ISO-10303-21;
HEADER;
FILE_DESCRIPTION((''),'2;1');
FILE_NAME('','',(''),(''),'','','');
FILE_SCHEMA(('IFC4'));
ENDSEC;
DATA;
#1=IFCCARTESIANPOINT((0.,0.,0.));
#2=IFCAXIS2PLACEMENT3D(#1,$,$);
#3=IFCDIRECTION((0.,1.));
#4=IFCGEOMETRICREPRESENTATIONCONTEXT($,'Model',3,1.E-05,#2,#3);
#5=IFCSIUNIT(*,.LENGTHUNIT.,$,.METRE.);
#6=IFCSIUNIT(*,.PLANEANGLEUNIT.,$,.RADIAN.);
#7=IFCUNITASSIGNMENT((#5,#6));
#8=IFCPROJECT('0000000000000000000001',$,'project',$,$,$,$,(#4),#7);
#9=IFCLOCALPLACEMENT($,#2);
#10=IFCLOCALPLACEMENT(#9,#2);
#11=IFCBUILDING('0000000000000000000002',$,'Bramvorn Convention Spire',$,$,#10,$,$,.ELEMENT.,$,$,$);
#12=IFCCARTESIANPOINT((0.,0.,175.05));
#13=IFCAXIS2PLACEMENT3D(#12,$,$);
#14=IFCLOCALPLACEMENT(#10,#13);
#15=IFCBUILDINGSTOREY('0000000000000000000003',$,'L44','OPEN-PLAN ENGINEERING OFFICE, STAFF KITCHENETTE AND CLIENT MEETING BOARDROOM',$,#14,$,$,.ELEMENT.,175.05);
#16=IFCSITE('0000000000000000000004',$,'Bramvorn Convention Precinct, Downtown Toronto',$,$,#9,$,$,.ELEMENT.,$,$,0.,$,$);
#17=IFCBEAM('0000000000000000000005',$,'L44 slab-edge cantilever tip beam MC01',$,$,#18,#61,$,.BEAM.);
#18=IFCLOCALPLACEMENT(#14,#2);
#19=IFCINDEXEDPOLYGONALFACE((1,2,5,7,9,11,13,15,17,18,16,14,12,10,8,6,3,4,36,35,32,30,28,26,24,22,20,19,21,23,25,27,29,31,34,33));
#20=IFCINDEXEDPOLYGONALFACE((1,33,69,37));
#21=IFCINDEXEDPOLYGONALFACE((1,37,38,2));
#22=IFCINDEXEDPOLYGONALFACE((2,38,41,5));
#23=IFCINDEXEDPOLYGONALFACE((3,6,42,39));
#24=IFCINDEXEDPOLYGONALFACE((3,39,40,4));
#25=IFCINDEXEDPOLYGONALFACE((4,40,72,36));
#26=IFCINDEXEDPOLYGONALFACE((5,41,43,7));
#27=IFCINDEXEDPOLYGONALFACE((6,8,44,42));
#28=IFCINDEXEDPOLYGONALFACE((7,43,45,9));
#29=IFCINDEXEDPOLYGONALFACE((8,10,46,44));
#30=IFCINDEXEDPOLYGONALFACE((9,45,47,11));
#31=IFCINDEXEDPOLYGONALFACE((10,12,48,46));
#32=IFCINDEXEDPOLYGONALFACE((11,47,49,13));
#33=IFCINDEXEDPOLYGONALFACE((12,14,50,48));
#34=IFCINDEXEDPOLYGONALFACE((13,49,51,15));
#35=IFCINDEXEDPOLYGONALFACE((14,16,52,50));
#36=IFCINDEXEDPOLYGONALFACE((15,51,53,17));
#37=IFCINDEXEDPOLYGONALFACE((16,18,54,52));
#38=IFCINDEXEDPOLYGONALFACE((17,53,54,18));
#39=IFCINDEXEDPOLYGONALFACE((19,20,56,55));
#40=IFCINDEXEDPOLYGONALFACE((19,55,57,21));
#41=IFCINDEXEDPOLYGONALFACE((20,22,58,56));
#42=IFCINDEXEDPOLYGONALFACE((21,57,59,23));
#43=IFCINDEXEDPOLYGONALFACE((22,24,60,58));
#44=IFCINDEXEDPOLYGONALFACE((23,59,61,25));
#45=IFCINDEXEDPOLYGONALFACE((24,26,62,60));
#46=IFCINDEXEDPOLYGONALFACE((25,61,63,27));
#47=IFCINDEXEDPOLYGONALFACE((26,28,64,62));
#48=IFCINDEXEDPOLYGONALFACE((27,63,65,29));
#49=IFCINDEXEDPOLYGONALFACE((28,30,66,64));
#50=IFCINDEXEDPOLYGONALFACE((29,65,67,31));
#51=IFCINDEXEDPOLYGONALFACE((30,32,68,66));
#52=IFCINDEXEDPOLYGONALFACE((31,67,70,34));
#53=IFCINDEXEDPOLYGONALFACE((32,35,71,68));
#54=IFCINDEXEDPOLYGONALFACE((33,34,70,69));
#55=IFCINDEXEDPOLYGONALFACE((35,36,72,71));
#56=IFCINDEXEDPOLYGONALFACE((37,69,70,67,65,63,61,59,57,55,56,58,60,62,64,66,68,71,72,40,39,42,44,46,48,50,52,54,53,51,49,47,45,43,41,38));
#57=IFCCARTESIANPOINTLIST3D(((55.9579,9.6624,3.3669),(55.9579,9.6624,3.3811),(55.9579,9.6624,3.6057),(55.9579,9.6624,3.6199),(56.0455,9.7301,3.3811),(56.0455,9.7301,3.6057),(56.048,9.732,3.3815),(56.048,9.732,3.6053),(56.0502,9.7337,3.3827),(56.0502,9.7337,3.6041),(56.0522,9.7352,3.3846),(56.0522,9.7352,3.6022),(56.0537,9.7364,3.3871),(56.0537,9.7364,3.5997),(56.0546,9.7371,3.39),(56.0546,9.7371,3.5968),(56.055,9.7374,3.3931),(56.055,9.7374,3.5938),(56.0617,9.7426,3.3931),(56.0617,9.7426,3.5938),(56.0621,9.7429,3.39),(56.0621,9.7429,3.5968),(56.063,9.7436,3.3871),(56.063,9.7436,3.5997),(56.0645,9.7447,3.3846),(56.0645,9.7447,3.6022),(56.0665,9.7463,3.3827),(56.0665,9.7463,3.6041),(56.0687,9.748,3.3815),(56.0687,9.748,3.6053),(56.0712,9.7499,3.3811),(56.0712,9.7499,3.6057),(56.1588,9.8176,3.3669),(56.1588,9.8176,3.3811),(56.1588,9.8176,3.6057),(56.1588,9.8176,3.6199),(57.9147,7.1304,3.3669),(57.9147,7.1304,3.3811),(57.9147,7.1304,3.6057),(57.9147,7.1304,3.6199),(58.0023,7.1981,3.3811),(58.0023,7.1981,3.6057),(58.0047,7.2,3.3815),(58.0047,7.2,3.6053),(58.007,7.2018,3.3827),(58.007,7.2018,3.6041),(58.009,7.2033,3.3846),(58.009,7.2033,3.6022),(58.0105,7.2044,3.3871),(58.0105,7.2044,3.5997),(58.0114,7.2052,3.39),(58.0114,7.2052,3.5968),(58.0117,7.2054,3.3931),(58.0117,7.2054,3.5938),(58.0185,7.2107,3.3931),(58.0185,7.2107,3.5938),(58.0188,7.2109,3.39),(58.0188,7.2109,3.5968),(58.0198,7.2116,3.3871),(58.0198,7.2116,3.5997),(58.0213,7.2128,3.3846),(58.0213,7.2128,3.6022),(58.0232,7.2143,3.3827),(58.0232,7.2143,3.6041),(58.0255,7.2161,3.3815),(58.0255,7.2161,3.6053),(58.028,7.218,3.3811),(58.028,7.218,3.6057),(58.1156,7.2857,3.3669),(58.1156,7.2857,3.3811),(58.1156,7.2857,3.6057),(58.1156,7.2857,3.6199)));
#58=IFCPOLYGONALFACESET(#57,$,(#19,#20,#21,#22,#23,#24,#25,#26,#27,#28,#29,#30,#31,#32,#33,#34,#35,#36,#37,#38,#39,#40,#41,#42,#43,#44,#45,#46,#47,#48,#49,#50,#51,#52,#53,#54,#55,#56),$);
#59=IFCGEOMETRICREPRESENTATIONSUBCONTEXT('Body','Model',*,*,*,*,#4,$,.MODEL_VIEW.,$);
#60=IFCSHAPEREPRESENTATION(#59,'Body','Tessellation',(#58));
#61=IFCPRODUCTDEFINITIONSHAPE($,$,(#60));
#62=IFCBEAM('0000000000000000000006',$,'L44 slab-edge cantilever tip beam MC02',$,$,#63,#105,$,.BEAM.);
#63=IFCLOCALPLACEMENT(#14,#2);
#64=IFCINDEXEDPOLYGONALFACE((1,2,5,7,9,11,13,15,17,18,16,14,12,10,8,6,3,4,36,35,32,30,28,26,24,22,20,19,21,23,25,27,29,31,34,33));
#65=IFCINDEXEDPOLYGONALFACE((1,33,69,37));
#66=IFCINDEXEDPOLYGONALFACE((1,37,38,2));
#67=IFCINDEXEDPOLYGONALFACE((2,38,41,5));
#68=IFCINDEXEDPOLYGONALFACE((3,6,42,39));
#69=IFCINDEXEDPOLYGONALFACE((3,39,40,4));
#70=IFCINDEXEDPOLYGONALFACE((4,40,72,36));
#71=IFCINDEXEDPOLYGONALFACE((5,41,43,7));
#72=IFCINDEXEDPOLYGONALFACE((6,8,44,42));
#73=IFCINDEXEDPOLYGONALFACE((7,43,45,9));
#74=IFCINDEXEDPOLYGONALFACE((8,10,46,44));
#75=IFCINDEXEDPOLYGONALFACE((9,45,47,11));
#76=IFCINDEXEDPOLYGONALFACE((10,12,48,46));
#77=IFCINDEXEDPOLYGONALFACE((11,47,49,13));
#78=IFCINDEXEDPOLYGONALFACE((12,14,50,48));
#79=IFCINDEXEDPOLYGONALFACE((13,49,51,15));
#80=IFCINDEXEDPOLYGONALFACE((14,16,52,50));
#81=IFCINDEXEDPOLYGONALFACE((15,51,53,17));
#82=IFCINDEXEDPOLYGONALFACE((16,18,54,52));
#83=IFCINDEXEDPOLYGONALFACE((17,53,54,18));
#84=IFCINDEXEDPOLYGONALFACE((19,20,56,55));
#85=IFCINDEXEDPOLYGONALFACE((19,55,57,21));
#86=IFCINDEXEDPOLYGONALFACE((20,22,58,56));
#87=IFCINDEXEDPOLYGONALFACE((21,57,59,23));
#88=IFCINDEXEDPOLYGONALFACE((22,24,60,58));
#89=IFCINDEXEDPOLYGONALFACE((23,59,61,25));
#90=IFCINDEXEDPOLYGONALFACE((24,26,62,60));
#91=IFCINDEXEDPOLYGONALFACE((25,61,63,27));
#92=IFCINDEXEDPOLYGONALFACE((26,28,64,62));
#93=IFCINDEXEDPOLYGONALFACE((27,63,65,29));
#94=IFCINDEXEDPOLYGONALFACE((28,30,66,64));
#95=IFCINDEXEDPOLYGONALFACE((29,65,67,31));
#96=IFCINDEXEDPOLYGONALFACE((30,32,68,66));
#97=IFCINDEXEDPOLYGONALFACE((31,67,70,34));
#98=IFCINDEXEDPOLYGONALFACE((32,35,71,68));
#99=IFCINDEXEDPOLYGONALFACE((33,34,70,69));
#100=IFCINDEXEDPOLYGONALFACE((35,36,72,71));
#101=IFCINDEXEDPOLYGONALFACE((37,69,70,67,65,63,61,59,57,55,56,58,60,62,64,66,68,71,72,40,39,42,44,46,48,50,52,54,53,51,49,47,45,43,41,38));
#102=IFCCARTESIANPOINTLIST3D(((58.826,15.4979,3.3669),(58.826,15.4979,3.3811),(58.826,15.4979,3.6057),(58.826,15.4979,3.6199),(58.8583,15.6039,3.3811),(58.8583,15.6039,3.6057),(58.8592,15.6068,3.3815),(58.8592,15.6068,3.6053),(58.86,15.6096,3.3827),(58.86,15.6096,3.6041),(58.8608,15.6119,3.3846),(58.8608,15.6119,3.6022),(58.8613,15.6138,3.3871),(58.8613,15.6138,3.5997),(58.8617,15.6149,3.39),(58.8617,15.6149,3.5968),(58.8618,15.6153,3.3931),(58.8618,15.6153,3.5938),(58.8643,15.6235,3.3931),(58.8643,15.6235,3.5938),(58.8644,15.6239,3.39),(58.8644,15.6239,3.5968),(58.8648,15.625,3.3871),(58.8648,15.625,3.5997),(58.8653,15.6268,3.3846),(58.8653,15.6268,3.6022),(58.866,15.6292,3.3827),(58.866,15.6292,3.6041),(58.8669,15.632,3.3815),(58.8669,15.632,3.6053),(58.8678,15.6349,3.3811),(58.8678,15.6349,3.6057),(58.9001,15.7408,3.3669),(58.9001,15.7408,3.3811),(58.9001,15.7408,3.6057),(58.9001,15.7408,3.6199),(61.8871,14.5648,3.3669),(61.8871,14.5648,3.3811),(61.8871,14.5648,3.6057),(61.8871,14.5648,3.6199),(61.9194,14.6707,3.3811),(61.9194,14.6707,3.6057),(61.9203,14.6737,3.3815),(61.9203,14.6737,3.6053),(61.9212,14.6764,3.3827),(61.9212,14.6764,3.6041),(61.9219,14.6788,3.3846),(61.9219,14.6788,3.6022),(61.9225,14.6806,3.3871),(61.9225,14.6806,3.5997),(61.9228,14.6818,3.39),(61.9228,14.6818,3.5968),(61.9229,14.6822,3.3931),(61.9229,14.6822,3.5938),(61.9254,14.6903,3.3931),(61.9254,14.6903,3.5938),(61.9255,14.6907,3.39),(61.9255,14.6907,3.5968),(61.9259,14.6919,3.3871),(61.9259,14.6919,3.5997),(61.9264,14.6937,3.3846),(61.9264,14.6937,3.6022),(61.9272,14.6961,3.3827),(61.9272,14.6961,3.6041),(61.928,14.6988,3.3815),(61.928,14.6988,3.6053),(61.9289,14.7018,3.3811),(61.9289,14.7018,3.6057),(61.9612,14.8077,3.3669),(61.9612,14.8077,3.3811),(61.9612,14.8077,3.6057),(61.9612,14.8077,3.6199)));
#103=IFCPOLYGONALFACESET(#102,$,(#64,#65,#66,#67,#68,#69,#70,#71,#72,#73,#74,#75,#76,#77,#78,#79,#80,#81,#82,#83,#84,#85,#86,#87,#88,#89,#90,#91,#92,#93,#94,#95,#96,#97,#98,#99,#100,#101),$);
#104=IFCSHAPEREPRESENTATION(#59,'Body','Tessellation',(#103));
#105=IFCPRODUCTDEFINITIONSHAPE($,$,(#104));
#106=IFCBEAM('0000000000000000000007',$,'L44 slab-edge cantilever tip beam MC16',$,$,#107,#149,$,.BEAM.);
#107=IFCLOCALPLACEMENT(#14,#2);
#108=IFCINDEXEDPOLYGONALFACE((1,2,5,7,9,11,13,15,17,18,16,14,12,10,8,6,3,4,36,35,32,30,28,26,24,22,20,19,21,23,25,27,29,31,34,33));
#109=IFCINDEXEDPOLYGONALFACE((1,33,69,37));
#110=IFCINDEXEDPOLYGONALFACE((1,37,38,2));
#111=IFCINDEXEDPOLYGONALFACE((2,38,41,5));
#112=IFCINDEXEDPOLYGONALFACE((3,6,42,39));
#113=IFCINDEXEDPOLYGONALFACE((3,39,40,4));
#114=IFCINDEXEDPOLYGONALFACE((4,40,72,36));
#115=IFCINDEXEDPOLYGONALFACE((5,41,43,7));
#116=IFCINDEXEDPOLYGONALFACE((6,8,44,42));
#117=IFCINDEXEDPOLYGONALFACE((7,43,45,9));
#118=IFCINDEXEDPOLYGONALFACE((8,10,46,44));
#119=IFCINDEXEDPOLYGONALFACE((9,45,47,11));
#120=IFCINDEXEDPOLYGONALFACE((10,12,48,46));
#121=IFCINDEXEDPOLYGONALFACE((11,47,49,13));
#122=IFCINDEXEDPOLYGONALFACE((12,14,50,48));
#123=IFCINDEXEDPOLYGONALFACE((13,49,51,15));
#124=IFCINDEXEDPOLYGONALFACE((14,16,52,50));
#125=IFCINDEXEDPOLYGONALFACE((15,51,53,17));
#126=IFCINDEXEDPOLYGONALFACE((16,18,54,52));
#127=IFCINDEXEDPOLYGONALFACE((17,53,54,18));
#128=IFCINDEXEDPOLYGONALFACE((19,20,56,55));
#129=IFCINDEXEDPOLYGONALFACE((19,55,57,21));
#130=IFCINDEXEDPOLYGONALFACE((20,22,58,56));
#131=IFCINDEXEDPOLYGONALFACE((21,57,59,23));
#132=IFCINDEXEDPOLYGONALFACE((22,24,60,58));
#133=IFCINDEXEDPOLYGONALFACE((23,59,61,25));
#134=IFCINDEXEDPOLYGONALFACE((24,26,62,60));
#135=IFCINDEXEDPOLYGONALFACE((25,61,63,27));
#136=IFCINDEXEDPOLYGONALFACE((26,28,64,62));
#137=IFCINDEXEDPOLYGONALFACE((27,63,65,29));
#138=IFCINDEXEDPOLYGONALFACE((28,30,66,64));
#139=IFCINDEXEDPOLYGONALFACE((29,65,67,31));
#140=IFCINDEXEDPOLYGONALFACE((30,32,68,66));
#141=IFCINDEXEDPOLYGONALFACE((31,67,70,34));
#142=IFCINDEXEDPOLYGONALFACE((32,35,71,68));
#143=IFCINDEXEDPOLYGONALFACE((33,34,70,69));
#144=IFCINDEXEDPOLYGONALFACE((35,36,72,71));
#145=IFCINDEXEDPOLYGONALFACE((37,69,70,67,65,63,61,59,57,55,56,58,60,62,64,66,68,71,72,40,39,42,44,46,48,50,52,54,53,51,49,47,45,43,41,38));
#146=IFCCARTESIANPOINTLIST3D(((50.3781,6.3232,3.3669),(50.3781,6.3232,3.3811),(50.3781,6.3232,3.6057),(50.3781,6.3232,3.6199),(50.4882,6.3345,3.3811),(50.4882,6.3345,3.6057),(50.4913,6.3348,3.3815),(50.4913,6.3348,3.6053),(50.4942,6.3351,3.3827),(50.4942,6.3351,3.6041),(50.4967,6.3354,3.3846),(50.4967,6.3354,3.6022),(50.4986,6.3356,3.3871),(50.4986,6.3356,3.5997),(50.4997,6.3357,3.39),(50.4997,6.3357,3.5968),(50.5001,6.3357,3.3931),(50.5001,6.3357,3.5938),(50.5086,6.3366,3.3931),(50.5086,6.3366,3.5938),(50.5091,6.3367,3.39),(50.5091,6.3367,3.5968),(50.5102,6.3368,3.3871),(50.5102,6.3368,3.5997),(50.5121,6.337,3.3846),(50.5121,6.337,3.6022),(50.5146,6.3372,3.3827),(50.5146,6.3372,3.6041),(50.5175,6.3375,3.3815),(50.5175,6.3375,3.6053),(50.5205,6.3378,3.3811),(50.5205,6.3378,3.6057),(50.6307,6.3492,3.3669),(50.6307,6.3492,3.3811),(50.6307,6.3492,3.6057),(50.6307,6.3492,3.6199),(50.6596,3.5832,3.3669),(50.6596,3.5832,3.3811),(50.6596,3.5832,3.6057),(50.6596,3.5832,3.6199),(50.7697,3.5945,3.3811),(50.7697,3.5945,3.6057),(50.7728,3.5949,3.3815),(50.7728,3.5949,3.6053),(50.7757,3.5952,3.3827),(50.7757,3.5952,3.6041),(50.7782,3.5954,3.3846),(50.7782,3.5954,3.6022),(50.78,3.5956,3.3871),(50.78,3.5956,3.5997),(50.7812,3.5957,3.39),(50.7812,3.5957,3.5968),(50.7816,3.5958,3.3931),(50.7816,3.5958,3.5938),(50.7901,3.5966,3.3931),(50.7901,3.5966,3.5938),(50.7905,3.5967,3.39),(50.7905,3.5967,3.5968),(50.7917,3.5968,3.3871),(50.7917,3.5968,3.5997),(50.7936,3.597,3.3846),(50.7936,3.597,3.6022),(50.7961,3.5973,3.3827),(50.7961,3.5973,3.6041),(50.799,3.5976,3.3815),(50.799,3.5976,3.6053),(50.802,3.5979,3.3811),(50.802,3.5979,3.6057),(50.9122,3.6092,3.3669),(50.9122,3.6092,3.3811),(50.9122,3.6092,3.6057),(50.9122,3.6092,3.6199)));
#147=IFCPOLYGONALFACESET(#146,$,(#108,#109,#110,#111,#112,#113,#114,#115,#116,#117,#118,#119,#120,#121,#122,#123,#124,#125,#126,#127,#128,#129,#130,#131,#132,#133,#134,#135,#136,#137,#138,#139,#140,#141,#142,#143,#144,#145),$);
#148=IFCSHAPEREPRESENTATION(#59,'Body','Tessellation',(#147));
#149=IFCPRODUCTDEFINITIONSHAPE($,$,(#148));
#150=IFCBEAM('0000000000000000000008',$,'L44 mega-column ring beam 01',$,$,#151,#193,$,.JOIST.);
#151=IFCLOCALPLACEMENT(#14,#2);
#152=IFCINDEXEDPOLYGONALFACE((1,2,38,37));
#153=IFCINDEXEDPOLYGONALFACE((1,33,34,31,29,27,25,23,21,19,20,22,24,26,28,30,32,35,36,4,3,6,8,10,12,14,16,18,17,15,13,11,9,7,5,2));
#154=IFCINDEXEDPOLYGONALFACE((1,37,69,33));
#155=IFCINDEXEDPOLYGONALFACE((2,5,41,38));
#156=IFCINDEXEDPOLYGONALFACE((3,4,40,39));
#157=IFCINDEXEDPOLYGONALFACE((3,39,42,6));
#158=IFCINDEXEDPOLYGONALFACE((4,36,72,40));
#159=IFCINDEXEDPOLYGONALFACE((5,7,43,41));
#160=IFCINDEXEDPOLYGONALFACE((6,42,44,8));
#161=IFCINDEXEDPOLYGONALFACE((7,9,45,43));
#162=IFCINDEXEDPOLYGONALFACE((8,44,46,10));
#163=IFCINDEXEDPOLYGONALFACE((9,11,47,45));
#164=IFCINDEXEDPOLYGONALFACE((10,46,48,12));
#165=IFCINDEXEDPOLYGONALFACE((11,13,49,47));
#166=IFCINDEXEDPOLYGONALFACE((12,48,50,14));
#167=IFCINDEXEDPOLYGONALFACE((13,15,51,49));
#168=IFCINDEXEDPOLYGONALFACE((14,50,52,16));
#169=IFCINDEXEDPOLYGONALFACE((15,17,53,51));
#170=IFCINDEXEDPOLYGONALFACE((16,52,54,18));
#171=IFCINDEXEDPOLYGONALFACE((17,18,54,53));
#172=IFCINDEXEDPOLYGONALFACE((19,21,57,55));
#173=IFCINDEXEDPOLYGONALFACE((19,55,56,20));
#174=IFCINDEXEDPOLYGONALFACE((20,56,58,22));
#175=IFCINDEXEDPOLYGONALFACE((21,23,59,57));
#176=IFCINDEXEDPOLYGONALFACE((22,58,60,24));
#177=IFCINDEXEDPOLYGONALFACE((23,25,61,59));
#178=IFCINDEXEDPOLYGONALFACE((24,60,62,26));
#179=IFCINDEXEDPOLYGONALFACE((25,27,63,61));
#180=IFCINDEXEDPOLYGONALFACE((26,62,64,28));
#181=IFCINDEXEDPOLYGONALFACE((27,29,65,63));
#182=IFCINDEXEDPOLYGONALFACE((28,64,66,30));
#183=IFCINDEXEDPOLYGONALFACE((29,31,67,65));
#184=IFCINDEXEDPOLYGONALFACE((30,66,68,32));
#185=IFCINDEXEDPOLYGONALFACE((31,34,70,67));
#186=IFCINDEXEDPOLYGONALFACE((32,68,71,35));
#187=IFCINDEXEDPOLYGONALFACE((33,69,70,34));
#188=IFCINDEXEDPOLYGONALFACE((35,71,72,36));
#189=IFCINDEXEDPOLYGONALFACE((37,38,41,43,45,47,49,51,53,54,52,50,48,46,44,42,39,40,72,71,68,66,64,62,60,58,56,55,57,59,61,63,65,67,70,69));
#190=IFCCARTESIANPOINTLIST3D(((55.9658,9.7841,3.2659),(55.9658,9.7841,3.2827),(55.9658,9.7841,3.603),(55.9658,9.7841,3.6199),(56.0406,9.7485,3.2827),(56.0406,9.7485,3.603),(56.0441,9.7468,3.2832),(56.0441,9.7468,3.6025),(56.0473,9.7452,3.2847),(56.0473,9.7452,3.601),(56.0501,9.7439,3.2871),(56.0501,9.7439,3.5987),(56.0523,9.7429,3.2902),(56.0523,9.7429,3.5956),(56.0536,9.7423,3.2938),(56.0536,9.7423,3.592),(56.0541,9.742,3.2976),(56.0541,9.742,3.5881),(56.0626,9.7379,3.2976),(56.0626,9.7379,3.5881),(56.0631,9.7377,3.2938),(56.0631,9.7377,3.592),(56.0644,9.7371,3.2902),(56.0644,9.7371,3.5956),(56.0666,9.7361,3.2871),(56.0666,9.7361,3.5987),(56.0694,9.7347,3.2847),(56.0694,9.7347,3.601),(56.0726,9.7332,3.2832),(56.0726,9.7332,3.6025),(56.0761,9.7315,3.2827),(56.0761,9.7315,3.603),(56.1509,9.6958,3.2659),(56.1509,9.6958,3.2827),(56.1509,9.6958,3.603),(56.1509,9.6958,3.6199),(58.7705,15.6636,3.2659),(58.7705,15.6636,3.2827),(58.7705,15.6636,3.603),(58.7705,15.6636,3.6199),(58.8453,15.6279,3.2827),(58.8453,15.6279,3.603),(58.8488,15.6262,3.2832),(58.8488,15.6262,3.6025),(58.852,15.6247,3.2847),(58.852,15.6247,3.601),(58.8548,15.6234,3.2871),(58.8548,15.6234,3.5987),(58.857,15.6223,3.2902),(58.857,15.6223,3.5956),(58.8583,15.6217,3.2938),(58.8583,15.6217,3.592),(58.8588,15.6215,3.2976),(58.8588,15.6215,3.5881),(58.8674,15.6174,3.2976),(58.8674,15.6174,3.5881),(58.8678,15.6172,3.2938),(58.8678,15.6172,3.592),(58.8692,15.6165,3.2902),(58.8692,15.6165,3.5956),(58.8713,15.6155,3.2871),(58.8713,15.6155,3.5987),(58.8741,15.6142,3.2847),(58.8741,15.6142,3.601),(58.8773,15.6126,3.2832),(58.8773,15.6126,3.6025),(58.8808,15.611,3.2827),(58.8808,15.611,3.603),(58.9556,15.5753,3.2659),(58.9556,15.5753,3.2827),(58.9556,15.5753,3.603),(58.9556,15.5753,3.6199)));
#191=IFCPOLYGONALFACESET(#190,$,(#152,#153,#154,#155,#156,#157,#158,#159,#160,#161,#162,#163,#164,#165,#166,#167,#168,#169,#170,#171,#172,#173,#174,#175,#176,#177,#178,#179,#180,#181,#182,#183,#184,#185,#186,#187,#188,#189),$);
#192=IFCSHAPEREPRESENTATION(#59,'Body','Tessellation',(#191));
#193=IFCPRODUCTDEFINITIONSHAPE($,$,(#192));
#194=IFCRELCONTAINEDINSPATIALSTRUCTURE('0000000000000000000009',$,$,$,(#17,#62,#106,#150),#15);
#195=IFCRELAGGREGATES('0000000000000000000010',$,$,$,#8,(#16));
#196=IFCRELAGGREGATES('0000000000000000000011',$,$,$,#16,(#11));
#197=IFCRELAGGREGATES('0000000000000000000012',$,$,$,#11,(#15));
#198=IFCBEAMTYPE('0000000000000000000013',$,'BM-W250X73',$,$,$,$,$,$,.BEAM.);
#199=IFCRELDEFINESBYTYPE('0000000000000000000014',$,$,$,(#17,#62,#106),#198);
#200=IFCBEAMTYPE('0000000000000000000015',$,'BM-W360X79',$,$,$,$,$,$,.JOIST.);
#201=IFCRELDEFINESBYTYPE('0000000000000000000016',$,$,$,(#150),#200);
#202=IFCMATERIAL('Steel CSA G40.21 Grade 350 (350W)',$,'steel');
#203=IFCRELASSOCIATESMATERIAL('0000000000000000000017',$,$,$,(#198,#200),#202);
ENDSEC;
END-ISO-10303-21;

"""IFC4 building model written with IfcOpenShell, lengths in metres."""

from ifc_helpers import new_model, si_unit, direction, frame, origin, origin_2d, place, context, subcontext, project, spatial, i_section, extrude, material, material_profile, profile_set, type_object, element, save


model = new_model("IFC4")

# Units and contexts
model_context = context("Model", 3, precision=1e-05, world=origin(), true_north=direction((0.0, 1.0)))
body_context = subcontext(model_context, "Body", "Model", "MODEL_VIEW")
ifc_project = project(units=[si_unit("LENGTHUNIT", "METRE"), si_unit("PLANEANGLEUNIT", "RADIAN")], contexts=[model_context])

# Site, building, storey
site_placement = place(None, origin())
site = spatial("IfcSite", under=ifc_project, at=site_placement, Name="Bramvorn Convention Precinct, Downtown Toronto", CompositionType="ELEMENT", RefElevation=0.0)
building_placement = place(site_placement, origin())
building = spatial("IfcBuilding", under=site, at=building_placement, Name="Bramvorn Convention Spire", CompositionType="ELEMENT")
storey_placement = place(building_placement, frame((0.0, 0.0, 175.05)))
storey = spatial("IfcBuildingStorey", under=building, at=storey_placement, Name="L44", Description="OPEN-PLAN ENGINEERING OFFICE, STAFF KITCHENETTE AND CLIENT MEETING BOARDROOM", CompositionType="ELEMENT", Elevation=175.05)

# Shared definitions
ifc_material_1 = material(Name="Steel CSA G40.21 Grade 350 (350W)", Category="steel")

# Beams
ifc_material_profile_1 = material_profile(ifc_material_1, i_section(OverallWidth=0.2539, OverallDepth=0.2529, WebThickness=0.0085, FlangeThickness=0.0142, FilletRadius=0.012, at=origin_2d()))
ifc_profile_set_1 = profile_set([ifc_material_profile_1], Name="Steel CSA G40.21 Grade 350 (350W) - W250X73")
beam_type_1 = type_object("IfcBeamType", Name="BM-W250X73", PredefinedType="BEAM", material=ifc_profile_set_1)
beam_1_placement = place(storey_placement, frame((56.0583, 9.74, 3.4934), z_axis=(0.611497, -0.791246, 0.0), x_axis=(0.791246, 0.611497, 0.0)))
element("IfcBeam", 1, at=beam_1_placement, inside=storey, type_object=beam_type_1, Name="L44 slab-edge cantilever tip beam MC01", PredefinedType="BEAM", context=body_context, shape_type="SweptSolid", body=[
    extrude(i_section(OverallWidth=0.2539, OverallDepth=0.2529, WebThickness=0.0085, FlangeThickness=0.0142, FilletRadius=0.012, at=origin_2d()), origin(), (0.0, 0.0, 1.0), 3.2),
])
beam_2_placement = place(storey_placement, frame((58.863, 15.6194, 3.4934), z_axis=(0.956544, -0.291587, 0.0), x_axis=(0.291587, 0.956544, 0.0)))
element("IfcBeam", 2, at=beam_2_placement, inside=storey, type_object=beam_type_1, Name="L44 slab-edge cantilever tip beam MC02", PredefinedType="BEAM", context=body_context, shape_type="SweptSolid", body=[
    extrude(i_section(OverallWidth=0.2539, OverallDepth=0.2529, WebThickness=0.0085, FlangeThickness=0.0142, FilletRadius=0.012, at=origin_2d()), origin(), (0.0, 0.0, 1.0), 3.2002),
])
beam_3_placement = place(storey_placement, frame((50.5044, 6.3362, 3.4934), z_axis=(0.102198, -0.994764, 0.0), x_axis=(0.994764, 0.102198, 0.0)))
element("IfcBeam", 3, at=beam_3_placement, inside=storey, type_object=beam_type_1, Name="L44 slab-edge cantilever tip beam MC16", PredefinedType="BEAM", context=body_context, shape_type="SweptSolid", body=[
    extrude(i_section(OverallWidth=0.2539, OverallDepth=0.2529, WebThickness=0.0085, FlangeThickness=0.0142, FilletRadius=0.012, at=origin_2d()), origin(), (0.0, 0.0, 1.0), 2.7544),
])
ifc_material_profile_2 = material_profile(ifc_material_1, i_section(OverallWidth=0.2051, OverallDepth=0.354, WebThickness=0.0095, FlangeThickness=0.0168, FilletRadius=0.0149, at=origin_2d()))
ifc_profile_set_2 = profile_set([ifc_material_profile_2], Name="Steel CSA G40.21 Grade 350 (350W) - W360X79")
beam_type_2 = type_object("IfcBeamType", Name="BM-W360X79", PredefinedType="JOIST", material=ifc_profile_set_2)
beam_4_placement = place(storey_placement, frame((56.0583, 9.74, 3.4429), z_axis=(0.430556, 0.902564, 0.0), x_axis=(-0.902564, 0.430556, 0.0)))
element("IfcBeam", 4, at=beam_4_placement, inside=storey, type_object=beam_type_2, Name="L44 mega-column ring beam 01", PredefinedType="JOIST", context=body_context, shape_type="SweptSolid", body=[
    extrude(i_section(OverallWidth=0.2051, OverallDepth=0.354, WebThickness=0.0095, FlangeThickness=0.0168, FilletRadius=0.0149, at=origin_2d()), origin(), (0.0, 0.0, 1.0), 6.5142),
])

save(model, "model.ifc")
